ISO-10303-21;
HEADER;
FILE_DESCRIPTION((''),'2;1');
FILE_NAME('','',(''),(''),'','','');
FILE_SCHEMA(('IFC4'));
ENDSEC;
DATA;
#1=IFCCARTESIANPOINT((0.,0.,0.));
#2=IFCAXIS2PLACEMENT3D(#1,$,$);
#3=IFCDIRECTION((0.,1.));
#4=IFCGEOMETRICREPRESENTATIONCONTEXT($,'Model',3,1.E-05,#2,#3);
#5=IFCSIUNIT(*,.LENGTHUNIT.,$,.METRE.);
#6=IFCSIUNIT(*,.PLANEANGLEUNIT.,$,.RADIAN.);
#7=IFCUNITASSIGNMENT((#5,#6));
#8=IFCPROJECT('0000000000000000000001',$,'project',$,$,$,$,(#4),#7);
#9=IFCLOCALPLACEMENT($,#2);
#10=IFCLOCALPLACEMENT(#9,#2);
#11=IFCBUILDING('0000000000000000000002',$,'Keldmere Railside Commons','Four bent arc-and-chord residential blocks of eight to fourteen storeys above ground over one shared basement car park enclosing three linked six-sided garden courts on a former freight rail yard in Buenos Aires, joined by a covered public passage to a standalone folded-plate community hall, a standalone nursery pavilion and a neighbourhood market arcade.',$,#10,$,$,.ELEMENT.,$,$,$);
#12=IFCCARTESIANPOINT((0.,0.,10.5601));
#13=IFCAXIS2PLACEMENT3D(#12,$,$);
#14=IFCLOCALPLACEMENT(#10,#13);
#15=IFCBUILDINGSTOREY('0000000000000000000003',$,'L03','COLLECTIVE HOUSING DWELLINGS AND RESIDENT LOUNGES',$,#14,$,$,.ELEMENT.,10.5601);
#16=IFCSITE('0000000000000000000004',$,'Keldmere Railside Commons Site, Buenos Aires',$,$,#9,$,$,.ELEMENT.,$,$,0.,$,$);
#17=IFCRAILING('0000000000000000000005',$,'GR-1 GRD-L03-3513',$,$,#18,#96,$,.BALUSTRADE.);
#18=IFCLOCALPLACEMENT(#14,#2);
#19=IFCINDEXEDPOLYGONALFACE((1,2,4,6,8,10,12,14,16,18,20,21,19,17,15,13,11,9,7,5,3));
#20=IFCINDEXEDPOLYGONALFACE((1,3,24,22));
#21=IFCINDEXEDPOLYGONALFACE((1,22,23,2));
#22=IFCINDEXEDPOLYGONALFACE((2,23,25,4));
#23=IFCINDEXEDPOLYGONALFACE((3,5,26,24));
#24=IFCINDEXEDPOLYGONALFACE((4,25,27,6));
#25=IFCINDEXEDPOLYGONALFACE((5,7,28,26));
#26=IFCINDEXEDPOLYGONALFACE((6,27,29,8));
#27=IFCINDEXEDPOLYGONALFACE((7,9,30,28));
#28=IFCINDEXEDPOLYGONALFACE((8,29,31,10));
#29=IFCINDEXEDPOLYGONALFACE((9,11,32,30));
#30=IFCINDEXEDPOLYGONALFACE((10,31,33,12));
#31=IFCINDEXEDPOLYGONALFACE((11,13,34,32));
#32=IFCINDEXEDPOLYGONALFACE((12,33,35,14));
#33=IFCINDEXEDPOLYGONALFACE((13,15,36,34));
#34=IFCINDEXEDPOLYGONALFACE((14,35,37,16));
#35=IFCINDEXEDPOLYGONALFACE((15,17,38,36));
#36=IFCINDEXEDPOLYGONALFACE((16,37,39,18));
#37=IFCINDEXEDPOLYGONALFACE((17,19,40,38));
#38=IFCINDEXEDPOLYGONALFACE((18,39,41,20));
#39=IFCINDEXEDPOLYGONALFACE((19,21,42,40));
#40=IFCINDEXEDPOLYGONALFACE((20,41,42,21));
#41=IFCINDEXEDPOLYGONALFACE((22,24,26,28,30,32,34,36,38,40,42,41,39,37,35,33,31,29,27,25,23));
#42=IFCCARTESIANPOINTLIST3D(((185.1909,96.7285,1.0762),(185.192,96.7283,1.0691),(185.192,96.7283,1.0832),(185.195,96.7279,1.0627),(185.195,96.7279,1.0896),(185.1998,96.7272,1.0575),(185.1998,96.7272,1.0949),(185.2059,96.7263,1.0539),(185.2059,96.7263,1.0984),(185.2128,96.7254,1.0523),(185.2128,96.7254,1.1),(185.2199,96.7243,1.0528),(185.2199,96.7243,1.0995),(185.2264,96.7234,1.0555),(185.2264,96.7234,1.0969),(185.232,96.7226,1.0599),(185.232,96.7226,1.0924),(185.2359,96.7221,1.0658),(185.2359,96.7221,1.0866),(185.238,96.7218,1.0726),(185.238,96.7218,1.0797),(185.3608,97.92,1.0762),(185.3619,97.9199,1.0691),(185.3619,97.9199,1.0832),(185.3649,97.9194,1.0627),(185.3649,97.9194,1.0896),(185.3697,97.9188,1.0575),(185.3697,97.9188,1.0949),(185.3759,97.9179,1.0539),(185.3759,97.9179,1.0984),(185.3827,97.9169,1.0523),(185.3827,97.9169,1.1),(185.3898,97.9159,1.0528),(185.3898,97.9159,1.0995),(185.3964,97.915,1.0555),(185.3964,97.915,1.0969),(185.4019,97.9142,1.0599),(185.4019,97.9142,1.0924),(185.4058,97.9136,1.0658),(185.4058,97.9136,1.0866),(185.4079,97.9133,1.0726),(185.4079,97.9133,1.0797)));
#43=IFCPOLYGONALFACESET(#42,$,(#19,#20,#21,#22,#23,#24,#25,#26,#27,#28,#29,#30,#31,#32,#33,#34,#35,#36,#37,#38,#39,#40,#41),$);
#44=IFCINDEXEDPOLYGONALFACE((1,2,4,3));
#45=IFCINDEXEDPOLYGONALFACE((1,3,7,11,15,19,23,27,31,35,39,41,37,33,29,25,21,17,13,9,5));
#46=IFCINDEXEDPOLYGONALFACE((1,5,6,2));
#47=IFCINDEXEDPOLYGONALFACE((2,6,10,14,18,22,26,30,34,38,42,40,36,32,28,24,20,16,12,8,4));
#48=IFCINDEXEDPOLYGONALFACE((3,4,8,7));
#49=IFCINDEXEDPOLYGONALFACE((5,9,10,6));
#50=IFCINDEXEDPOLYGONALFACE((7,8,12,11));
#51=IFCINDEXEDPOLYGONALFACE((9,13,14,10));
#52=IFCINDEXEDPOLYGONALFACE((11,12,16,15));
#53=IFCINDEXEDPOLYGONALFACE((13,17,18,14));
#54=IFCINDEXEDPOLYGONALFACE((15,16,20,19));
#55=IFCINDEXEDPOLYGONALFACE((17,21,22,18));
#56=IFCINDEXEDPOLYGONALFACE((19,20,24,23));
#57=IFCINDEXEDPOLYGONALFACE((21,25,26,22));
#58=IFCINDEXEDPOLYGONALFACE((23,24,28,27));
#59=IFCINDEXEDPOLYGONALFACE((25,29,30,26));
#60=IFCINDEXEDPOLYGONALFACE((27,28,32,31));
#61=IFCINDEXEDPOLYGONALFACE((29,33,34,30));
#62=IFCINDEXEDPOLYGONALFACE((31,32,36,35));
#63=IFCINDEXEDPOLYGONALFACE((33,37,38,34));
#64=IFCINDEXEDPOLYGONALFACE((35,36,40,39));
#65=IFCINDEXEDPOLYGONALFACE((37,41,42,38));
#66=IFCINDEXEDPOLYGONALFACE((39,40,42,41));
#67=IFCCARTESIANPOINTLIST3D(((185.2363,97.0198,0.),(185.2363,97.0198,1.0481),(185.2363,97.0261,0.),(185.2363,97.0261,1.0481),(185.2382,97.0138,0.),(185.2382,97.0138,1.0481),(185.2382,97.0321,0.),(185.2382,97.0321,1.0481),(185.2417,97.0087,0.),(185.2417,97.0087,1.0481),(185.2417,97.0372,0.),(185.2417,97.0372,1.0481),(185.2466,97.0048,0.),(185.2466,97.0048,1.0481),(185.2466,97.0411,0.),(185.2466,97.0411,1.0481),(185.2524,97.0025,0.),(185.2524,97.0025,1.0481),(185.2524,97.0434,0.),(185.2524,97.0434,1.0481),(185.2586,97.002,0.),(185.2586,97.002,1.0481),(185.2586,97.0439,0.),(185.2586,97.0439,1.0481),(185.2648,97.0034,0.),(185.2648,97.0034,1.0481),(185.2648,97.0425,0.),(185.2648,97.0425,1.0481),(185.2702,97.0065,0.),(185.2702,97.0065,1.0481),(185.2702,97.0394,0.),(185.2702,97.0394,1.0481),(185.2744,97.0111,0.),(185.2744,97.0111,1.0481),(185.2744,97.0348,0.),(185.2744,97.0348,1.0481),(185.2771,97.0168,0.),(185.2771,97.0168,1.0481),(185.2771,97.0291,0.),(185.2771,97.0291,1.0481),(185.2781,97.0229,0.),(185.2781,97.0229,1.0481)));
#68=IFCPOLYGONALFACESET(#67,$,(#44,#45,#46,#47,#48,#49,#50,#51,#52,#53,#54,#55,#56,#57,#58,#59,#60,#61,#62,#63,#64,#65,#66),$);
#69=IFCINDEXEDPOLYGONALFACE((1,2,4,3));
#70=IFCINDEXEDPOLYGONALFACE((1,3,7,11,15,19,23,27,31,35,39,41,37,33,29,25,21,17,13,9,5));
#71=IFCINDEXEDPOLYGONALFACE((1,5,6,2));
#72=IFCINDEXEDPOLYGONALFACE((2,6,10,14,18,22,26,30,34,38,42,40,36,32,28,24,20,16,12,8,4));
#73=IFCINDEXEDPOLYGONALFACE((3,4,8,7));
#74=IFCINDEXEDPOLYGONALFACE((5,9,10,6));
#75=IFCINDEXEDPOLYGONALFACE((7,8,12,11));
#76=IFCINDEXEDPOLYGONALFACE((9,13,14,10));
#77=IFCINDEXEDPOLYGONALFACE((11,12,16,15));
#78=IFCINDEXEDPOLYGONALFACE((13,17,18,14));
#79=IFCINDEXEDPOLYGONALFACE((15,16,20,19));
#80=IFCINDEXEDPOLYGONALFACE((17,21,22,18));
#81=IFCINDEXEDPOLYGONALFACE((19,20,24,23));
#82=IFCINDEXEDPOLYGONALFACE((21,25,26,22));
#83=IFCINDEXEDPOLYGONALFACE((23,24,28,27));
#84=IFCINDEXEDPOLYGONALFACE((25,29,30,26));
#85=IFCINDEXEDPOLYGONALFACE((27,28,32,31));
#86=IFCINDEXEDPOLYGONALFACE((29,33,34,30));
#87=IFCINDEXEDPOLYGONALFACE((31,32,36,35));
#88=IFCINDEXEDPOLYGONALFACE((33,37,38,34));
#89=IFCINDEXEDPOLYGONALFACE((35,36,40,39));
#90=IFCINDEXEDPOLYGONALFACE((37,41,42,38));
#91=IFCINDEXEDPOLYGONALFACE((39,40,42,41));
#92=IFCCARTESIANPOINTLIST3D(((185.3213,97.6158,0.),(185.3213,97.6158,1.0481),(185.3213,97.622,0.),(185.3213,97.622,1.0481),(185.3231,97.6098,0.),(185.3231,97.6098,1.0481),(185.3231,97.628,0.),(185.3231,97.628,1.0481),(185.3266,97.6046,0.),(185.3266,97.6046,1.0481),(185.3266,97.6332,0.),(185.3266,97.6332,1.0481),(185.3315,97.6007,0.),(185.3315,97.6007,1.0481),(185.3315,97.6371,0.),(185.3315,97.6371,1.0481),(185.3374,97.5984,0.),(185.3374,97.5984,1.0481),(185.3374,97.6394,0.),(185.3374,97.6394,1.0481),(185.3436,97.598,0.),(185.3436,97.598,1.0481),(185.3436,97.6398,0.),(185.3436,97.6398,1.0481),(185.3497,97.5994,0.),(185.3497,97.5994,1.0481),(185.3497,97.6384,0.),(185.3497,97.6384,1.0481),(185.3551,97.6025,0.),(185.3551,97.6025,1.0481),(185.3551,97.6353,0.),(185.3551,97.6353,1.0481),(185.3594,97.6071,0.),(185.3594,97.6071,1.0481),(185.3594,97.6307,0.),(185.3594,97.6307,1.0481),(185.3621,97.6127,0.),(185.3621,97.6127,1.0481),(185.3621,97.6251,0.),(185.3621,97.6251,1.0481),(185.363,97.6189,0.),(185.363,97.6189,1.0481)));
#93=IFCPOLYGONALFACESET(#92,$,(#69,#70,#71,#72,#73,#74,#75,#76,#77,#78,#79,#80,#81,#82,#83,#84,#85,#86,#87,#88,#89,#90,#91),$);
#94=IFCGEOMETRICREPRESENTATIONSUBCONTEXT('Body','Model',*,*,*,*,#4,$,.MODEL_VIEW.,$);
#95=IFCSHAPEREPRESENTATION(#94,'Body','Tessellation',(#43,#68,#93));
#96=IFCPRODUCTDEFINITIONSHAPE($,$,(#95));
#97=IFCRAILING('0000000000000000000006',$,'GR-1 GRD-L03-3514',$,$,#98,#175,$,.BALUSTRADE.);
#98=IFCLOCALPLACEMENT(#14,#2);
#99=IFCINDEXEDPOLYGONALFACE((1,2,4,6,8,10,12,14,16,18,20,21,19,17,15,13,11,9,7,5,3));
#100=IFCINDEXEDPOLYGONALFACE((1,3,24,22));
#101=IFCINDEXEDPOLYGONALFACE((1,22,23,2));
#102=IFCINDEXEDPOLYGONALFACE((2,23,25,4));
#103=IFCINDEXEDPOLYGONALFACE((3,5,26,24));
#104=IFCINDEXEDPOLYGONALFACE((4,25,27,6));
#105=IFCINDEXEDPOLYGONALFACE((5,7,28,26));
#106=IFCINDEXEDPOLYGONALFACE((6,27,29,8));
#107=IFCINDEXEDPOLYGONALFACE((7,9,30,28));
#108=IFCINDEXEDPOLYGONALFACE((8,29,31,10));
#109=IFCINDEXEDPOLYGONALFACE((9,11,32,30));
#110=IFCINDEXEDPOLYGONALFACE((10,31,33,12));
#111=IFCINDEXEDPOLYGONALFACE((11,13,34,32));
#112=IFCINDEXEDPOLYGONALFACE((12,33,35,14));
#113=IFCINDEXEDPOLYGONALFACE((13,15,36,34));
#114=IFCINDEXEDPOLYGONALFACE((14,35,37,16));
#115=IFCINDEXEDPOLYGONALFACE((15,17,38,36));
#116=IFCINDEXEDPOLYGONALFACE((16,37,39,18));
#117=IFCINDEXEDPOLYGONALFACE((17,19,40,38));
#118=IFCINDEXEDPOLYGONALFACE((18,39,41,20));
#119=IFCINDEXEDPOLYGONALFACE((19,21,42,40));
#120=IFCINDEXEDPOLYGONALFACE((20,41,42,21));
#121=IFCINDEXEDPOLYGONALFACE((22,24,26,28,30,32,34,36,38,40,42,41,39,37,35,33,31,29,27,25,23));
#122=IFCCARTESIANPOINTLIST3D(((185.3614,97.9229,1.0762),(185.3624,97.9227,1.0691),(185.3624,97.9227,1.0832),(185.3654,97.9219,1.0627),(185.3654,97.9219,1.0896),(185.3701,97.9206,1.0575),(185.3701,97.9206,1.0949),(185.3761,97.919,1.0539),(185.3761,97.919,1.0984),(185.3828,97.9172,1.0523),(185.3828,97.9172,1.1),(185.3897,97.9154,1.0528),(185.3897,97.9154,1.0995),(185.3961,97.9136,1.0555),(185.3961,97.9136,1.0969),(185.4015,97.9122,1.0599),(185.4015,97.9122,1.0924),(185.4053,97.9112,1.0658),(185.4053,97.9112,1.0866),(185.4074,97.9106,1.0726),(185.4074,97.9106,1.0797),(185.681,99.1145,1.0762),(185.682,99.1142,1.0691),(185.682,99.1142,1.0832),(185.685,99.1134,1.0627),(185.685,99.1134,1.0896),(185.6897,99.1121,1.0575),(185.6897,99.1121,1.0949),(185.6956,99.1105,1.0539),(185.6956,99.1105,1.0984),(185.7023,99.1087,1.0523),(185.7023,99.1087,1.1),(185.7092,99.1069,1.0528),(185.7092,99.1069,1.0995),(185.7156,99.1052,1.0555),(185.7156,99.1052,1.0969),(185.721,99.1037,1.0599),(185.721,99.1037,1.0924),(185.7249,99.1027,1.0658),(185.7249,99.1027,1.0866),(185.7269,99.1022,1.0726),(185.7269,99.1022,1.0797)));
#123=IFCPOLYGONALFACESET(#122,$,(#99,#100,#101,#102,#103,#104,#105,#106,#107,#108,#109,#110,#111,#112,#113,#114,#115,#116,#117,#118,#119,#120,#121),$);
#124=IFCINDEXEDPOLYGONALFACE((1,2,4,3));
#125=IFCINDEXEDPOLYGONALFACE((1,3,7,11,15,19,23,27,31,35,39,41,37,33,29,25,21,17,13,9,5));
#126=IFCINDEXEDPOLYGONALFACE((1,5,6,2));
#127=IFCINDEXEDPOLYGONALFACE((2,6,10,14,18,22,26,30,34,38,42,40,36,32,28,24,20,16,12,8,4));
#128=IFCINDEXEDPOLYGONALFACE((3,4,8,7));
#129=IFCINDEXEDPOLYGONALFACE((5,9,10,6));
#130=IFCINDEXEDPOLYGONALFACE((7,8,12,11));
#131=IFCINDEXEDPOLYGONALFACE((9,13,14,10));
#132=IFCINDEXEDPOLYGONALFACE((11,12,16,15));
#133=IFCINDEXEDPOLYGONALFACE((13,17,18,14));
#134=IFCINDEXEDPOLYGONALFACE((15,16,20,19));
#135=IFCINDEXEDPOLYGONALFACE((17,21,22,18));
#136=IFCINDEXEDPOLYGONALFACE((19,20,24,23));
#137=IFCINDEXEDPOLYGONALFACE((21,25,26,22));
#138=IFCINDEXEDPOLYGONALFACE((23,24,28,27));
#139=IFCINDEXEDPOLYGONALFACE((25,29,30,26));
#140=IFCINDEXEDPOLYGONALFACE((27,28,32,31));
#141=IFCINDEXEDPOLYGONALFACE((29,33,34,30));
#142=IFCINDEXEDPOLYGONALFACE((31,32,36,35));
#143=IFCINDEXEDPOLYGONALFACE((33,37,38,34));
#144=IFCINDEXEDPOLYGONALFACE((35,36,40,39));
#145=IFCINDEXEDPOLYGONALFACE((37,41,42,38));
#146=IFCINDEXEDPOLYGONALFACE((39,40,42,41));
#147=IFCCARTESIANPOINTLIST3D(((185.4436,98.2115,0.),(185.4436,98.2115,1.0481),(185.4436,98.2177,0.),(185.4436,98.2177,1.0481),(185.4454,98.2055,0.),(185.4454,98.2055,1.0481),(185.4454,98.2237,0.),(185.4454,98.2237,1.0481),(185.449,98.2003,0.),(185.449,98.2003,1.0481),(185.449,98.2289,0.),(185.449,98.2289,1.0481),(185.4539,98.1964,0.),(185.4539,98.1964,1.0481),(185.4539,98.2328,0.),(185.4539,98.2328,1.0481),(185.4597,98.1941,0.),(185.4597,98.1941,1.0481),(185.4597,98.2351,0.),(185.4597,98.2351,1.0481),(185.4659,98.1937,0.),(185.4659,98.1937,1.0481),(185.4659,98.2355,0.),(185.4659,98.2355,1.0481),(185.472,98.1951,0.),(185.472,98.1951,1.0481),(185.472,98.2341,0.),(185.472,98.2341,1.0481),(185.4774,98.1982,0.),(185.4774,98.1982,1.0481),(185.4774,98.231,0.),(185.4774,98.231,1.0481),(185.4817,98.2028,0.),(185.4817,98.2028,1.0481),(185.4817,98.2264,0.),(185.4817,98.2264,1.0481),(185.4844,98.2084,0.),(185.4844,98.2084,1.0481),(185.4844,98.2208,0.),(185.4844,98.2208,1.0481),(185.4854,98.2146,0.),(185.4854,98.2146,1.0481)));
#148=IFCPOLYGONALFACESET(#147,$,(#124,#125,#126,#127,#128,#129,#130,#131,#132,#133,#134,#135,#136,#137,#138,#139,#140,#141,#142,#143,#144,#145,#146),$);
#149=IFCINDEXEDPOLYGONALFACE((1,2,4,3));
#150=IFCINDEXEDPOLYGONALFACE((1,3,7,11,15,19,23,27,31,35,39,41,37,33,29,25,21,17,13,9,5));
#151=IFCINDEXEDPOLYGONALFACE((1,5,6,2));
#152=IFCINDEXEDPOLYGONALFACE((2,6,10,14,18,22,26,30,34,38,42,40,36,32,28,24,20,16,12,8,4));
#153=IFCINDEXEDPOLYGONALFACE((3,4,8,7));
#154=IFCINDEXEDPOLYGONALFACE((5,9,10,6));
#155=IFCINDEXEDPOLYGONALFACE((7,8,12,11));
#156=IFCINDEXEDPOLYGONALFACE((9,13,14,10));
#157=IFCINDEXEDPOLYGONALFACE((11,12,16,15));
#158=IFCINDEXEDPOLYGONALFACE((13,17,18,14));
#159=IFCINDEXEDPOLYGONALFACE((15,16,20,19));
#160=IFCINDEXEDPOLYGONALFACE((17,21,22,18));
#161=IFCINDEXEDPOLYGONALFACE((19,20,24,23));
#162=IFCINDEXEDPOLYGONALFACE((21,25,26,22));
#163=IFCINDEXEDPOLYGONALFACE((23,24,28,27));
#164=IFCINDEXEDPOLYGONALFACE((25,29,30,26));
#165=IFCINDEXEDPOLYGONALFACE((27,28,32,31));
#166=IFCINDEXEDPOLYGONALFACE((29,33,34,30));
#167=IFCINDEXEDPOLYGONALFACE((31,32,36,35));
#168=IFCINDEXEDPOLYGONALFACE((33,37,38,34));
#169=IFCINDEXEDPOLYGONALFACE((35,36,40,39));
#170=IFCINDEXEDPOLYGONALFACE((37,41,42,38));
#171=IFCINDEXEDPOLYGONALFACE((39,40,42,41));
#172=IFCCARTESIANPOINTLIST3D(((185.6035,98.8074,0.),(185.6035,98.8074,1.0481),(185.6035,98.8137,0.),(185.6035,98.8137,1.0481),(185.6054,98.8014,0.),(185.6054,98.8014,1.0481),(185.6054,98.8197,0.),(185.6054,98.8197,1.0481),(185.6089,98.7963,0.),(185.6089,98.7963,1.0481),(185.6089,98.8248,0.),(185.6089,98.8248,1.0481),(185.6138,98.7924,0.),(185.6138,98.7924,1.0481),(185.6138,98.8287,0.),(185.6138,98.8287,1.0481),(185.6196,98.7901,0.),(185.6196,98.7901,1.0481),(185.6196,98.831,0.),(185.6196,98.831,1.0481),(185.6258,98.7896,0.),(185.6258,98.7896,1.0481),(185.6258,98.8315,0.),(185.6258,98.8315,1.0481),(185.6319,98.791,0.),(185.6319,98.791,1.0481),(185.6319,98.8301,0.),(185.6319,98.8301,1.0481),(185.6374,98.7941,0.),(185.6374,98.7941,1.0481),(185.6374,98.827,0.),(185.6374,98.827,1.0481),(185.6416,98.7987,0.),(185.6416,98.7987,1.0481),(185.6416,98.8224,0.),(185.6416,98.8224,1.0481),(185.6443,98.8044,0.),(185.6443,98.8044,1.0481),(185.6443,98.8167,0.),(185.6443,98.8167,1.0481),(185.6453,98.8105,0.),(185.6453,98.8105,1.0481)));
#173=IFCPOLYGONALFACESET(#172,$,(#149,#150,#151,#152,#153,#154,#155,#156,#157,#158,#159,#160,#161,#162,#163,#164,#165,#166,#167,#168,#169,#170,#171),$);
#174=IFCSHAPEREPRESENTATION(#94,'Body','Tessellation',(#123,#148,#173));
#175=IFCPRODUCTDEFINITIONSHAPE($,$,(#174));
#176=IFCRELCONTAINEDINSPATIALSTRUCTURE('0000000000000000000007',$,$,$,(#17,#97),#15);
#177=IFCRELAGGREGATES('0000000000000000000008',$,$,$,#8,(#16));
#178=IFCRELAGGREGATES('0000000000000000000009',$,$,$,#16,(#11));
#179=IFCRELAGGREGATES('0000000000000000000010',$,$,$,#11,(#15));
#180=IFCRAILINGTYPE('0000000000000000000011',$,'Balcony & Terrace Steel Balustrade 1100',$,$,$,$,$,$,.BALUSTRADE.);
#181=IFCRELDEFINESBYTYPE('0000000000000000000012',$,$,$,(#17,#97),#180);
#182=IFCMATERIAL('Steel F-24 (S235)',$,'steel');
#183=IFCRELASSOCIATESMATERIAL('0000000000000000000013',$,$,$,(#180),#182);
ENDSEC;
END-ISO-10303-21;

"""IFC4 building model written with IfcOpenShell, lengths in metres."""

from ifc_helpers import new_model, si_unit, direction, frame, origin, origin_2d, place, context, subcontext, project, spatial, circle, extrude, material, type_object, element, save


model = new_model("IFC4")

# Units and contexts
model_context = context("Model", 3, precision=1e-05, world=origin(), true_north=direction((0.0, 1.0)))
body_context = subcontext(model_context, "Body", "Model", "MODEL_VIEW")
ifc_project = project(units=[si_unit("LENGTHUNIT", "METRE"), si_unit("PLANEANGLEUNIT", "RADIAN")], contexts=[model_context])

# Site, building, storey
site_placement = place(None, origin())
site = spatial("IfcSite", under=ifc_project, at=site_placement, Name="Keldmere Railside Commons Site, Buenos Aires", CompositionType="ELEMENT", RefElevation=0.0)
building_placement = place(site_placement, origin())
building = spatial("IfcBuilding", under=site, at=building_placement, Name="Keldmere Railside Commons", Description="Four bent arc-and-chord residential blocks of eight to fourteen storeys above ground over one shared basement car park enclosing three linked six-sided garden courts on a former freight rail yard in Buenos Aires, joined by a covered public passage to a standalone folded-plate community hall, a standalone nursery pavilion and a neighbourhood market arcade.", CompositionType="ELEMENT")
storey_placement = place(building_placement, frame((0.0, 0.0, 10.5601)))
storey = spatial("IfcBuildingStorey", under=building, at=storey_placement, Name="L03", Description="COLLECTIVE HOUSING DWELLINGS AND RESIDENT LOUNGES", CompositionType="ELEMENT", Elevation=10.5601)

# Railings
ifc_material_1 = material(Name="Steel F-24 (S235)", Category="steel")
railing_type = type_object("IfcRailingType", Name="Balcony & Terrace Steel Balustrade 1100", PredefinedType="BALUSTRADE", material=ifc_material_1)
railing_1_placement = place(storey_placement, frame((185.2146, 96.7251, 0.0)))
element("IfcRailing", 1, at=railing_1_placement, inside=storey, type_object=railing_type, Name="GR-1 GRD-L03-3513", PredefinedType="BALUSTRADE", context=body_context, shape_type="SweptSolid", body=[
    extrude(circle(Radius=0.0239, at=origin_2d()), frame((0.0, 0.0, 1.0762), z_axis=(0.141166, 0.989986, 0.0), x_axis=(-0.989986, 0.141166, 0.0)), (0.0, 0.0, 1.0), 1.2036),
    extrude(circle(Radius=0.021, at=origin_2d()), frame((0.0425, 0.2979, 0.0)), (0.0, 0.0, 1.0), 1.0481),
    extrude(circle(Radius=0.021, at=origin_2d()), frame((0.1274, 0.8938, 0.0)), (0.0, 0.0, 1.0), 1.0481),
])
railing_2_placement = place(storey_placement, frame((185.3845, 97.9167, 0.0)))
element("IfcRailing", 2, at=railing_2_placement, inside=storey, type_object=railing_type, Name="GR-1 GRD-L03-3514", PredefinedType="BALUSTRADE", context=body_context, shape_type="SweptSolid", body=[
    extrude(circle(Radius=0.0239, at=origin_2d()), frame((0.0, 0.0, 1.0762), z_axis=(0.25903, 0.965869, 0.0), x_axis=(-0.965869, 0.25903, 0.0)), (0.0, 0.0, 1.0), 1.2336),
    extrude(circle(Radius=0.021, at=origin_2d()), frame((0.0798, 0.2979, 0.0)), (0.0, 0.0, 1.0), 1.0481),
    extrude(circle(Radius=0.021, at=origin_2d()), frame((0.2397, 0.8938, 0.0)), (0.0, 0.0, 1.0), 1.0481),
])

save(model, "model.ifc")
